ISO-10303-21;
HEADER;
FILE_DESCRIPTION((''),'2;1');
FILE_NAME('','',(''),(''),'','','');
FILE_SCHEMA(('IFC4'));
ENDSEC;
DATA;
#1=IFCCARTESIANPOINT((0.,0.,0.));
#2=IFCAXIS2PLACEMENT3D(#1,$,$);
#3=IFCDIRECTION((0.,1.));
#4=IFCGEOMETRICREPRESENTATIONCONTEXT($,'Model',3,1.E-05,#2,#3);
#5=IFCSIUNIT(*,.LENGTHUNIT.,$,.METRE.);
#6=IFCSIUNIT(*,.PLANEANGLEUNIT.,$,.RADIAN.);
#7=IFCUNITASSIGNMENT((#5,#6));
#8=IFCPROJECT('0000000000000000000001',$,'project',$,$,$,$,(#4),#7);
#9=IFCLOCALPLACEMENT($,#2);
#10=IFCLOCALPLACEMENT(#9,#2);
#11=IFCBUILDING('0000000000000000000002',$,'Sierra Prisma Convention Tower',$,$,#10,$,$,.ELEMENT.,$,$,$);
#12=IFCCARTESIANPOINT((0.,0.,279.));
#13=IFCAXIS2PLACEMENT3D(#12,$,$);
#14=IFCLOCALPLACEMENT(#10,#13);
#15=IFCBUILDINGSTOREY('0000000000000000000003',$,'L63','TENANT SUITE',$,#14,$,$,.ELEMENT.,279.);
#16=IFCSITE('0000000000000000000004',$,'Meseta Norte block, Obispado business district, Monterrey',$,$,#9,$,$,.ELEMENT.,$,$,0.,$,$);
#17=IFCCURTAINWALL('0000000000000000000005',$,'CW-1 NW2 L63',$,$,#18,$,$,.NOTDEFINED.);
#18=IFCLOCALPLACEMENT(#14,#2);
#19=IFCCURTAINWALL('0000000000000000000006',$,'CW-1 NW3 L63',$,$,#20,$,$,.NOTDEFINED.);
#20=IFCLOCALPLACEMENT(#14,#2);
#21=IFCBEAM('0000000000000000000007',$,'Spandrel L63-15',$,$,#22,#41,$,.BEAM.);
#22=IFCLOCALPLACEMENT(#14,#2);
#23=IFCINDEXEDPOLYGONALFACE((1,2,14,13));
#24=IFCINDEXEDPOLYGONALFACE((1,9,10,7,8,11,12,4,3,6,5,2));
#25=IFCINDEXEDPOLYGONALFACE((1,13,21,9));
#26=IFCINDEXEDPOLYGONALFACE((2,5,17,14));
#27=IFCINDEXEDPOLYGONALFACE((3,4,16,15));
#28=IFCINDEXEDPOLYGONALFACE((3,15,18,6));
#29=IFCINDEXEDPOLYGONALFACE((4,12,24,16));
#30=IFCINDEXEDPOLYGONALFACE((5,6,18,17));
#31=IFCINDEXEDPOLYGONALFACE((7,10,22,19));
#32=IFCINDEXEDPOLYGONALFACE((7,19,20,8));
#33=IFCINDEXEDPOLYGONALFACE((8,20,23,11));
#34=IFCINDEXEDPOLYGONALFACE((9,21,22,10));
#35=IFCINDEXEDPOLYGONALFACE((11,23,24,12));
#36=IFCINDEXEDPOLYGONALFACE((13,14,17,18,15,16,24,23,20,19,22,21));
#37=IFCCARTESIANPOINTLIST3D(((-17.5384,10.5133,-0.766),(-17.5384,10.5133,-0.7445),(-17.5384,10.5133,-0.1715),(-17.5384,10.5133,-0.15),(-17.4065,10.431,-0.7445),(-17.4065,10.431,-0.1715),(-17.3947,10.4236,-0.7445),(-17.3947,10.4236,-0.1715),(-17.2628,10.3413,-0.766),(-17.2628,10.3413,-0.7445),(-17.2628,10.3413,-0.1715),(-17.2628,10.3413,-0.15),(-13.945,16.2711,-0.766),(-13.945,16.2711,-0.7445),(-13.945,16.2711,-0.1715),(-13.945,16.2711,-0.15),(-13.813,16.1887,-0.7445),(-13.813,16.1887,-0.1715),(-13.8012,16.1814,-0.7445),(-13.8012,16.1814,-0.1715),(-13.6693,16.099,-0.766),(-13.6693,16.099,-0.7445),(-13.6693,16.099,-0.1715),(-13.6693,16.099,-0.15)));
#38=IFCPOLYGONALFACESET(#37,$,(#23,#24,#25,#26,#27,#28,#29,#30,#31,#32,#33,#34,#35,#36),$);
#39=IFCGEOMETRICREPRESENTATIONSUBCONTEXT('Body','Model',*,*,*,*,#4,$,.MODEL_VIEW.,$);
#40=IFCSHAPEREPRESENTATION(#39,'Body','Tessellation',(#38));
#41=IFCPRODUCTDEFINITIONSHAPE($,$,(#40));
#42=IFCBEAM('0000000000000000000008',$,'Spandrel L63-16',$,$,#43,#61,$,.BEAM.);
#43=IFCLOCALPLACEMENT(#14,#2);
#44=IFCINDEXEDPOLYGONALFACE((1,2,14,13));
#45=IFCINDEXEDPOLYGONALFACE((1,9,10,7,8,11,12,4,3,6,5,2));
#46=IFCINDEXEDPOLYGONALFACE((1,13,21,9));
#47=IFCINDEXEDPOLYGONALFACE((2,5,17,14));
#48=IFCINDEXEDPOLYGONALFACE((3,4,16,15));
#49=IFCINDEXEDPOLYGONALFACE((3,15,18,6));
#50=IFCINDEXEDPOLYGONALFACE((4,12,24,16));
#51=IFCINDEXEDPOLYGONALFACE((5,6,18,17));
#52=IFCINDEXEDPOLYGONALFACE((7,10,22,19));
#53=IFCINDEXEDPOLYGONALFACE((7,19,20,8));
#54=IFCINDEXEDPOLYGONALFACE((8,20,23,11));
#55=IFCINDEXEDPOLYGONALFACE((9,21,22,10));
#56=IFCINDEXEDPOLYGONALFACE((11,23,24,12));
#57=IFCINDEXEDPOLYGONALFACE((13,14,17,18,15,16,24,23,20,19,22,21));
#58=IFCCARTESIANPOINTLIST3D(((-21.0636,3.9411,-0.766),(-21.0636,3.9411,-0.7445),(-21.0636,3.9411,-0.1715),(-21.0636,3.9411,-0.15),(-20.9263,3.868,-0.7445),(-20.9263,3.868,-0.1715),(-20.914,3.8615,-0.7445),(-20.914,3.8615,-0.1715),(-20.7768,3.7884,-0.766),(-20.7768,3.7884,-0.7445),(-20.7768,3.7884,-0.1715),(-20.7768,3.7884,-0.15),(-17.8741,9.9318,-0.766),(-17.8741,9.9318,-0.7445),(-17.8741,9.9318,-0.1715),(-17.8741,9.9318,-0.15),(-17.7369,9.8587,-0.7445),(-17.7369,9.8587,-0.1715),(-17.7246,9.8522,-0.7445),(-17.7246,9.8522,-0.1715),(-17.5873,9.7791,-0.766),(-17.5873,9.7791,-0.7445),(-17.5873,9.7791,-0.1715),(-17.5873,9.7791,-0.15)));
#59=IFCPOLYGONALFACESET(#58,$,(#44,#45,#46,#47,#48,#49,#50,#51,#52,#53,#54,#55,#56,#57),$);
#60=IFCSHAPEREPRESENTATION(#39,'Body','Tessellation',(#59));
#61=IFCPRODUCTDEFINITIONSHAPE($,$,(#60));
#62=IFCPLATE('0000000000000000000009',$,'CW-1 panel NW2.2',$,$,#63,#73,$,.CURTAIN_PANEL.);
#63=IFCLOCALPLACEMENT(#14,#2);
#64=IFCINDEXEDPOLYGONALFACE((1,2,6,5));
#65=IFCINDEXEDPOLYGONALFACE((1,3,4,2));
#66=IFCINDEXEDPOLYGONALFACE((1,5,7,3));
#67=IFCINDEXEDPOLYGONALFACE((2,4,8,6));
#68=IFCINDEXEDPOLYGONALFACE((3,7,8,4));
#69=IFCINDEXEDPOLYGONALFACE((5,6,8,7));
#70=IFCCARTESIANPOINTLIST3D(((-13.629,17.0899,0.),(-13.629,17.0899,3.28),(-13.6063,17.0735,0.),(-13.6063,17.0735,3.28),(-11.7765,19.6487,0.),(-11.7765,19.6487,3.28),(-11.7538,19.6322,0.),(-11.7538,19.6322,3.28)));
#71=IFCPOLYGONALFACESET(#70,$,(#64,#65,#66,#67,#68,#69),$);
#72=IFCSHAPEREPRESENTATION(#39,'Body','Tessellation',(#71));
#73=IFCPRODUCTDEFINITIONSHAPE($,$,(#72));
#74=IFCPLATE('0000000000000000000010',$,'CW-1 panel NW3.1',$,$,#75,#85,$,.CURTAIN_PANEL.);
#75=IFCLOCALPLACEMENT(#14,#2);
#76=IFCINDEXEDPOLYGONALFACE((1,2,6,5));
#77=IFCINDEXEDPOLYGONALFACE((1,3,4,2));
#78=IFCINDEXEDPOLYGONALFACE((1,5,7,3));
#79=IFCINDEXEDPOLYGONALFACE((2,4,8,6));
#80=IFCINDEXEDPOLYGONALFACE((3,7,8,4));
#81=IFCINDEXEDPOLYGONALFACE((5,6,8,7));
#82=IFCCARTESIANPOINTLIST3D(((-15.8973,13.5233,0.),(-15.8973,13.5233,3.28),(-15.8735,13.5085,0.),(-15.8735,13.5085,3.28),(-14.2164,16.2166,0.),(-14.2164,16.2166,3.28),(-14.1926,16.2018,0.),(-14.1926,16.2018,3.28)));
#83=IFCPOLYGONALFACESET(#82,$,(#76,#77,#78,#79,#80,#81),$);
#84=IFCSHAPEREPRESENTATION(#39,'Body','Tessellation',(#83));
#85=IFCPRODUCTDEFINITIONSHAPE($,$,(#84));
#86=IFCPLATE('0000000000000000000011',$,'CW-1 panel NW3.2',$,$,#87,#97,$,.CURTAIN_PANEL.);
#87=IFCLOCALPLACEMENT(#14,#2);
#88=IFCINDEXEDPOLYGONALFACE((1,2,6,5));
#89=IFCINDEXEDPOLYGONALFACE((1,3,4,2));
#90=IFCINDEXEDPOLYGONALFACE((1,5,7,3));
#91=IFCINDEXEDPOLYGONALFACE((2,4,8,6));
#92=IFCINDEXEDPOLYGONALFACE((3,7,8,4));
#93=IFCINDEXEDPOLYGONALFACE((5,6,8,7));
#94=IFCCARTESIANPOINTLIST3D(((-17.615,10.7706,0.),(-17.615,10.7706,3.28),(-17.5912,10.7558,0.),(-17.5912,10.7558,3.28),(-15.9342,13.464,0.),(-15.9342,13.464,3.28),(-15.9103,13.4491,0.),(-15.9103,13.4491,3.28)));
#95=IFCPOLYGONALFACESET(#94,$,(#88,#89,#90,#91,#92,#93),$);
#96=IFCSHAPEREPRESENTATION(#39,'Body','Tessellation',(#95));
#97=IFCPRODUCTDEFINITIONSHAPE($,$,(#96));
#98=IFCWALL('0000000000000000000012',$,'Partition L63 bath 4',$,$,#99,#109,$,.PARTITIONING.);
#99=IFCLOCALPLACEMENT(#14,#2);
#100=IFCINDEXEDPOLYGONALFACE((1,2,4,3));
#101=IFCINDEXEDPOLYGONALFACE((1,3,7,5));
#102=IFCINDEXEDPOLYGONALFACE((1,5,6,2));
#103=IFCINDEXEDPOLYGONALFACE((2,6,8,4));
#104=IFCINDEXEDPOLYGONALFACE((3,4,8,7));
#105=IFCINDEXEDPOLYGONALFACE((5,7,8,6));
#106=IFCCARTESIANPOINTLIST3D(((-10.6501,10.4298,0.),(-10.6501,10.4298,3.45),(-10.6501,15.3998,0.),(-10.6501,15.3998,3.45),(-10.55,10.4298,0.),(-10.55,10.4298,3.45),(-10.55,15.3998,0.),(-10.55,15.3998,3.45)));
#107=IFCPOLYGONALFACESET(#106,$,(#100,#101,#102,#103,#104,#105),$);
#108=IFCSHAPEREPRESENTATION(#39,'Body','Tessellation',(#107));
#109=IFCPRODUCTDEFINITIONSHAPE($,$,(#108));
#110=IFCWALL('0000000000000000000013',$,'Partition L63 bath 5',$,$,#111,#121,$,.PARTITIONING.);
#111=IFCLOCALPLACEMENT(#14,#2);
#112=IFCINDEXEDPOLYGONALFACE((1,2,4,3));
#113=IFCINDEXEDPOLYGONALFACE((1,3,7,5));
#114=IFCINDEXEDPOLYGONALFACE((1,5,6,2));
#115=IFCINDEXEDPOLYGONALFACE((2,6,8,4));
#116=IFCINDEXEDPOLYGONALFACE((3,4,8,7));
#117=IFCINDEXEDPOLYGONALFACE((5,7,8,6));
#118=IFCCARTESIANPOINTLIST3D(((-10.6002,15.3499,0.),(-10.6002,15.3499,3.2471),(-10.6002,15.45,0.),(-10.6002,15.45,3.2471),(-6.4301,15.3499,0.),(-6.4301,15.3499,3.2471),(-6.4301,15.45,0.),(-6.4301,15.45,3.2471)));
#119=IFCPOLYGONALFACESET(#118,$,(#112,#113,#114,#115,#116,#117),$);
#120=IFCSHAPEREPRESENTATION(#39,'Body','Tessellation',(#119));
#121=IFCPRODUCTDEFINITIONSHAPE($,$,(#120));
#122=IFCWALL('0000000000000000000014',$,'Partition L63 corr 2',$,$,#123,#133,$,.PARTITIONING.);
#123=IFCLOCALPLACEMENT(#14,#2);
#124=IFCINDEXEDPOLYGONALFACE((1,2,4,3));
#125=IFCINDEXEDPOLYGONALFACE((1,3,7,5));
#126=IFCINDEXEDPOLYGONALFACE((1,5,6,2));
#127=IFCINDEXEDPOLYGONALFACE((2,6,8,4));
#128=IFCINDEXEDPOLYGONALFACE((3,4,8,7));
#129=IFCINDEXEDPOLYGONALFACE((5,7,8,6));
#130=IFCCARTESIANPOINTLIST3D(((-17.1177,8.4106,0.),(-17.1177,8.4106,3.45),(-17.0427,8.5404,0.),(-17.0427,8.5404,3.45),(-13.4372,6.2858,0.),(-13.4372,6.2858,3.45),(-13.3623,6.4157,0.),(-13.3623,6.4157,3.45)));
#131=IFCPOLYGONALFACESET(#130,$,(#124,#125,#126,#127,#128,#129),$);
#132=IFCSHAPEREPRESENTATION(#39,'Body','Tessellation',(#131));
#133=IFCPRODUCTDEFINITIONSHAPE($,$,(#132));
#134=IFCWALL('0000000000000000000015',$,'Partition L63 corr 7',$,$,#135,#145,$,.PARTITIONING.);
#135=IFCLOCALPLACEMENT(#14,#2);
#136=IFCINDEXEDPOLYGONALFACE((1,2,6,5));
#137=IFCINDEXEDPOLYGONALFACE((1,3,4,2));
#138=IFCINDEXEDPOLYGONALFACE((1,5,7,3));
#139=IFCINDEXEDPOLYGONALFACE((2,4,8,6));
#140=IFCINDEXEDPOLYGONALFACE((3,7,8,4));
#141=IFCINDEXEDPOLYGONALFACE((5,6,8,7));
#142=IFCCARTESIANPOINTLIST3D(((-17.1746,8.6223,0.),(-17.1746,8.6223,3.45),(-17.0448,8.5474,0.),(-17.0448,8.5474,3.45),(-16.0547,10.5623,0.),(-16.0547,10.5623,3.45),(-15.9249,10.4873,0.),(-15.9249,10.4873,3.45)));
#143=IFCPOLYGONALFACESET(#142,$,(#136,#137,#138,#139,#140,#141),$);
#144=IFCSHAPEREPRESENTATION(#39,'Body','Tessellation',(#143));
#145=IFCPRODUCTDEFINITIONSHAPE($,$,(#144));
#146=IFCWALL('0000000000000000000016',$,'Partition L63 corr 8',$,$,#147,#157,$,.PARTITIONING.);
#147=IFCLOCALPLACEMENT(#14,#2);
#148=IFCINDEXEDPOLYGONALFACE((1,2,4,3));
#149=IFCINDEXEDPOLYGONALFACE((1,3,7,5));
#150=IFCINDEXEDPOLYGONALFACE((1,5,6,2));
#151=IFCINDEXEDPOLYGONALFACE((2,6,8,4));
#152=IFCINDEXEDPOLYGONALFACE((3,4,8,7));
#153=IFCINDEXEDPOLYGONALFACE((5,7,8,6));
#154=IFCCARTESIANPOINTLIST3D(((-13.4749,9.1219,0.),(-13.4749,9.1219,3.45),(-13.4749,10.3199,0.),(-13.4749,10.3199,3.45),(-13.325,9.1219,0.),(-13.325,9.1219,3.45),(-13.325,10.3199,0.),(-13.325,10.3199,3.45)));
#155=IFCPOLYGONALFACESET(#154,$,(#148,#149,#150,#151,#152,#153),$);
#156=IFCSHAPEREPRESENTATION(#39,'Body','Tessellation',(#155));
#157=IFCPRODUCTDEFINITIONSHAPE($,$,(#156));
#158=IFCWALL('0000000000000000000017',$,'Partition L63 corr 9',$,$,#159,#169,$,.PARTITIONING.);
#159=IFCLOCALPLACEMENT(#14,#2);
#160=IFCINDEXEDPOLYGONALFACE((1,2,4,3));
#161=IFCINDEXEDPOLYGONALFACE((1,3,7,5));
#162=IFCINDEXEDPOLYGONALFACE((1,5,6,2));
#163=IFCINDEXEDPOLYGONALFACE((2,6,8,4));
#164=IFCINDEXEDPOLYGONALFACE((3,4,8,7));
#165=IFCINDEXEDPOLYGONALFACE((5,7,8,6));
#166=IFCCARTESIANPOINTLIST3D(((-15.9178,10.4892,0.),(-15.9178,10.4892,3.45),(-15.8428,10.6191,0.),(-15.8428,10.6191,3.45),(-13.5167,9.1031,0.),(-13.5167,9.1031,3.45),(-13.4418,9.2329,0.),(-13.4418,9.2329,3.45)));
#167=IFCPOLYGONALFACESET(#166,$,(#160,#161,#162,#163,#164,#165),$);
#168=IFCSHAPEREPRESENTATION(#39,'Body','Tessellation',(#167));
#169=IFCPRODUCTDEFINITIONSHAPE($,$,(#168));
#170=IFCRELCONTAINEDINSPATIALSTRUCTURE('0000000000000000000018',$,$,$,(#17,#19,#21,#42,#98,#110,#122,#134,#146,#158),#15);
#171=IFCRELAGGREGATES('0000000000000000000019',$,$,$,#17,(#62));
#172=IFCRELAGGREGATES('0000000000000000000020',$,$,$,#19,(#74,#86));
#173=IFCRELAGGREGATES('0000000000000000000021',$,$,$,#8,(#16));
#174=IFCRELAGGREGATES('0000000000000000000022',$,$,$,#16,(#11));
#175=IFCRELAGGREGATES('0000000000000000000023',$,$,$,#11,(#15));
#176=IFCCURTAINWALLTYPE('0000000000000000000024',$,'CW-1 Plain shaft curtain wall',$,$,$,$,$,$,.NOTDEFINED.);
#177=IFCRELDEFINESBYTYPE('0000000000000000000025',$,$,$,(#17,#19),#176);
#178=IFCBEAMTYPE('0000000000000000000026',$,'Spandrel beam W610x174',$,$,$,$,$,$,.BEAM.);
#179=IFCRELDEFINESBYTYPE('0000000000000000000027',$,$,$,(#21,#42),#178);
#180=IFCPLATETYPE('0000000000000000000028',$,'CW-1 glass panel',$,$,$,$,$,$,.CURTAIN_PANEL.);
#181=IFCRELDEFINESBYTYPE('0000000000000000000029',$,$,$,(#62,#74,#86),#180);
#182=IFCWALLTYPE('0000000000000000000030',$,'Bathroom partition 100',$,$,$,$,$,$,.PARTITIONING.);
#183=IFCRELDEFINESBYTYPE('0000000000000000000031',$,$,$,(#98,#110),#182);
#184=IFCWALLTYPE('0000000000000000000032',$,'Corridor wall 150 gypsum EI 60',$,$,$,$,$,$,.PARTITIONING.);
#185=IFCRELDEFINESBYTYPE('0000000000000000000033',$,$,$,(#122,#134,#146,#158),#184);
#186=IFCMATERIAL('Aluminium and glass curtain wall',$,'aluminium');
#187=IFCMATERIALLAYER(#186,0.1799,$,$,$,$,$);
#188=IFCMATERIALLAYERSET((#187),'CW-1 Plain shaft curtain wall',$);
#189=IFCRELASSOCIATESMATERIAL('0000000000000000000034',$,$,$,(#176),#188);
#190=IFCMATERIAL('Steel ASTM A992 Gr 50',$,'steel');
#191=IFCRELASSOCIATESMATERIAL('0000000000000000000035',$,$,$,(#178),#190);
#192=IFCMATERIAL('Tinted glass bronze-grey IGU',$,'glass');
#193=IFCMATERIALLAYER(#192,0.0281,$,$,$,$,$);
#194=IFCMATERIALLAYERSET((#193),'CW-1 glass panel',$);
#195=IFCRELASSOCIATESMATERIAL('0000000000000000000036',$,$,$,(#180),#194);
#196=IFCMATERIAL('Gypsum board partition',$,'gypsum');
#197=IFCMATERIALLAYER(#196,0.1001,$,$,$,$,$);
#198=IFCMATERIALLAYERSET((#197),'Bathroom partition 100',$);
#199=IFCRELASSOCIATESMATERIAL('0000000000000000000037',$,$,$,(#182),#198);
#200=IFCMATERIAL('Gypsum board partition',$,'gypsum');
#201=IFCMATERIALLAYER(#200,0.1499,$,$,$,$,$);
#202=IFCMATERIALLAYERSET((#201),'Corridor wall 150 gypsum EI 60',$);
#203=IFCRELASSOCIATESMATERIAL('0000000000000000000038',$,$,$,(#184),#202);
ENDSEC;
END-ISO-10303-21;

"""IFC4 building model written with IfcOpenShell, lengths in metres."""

from ifc_helpers import new_model, si_unit, direction, frame, frame_2d, origin, origin_2d, place, context, subcontext, project, spatial, rectangle, i_section, extrude, material, layer, layer_set, material_profile, profile_set, type_object, element, aggregate, save


model = new_model("IFC4")

# Units and contexts
model_context = context("Model", 3, precision=1e-05, world=origin(), true_north=direction((0.0, 1.0)))
body_context = subcontext(model_context, "Body", "Model", "MODEL_VIEW")
ifc_project = project(units=[si_unit("LENGTHUNIT", "METRE"), si_unit("PLANEANGLEUNIT", "RADIAN")], contexts=[model_context])

# Site, building, storey
site_placement = place(None, origin())
site = spatial("IfcSite", under=ifc_project, at=site_placement, Name="Meseta Norte block, Obispado business district, Monterrey", CompositionType="ELEMENT", RefElevation=0.0)
building_placement = place(site_placement, origin())
building = spatial("IfcBuilding", under=site, at=building_placement, Name="Sierra Prisma Convention Tower", CompositionType="ELEMENT")
storey_placement = place(building_placement, frame((0.0, 0.0, 279.0)))
storey = spatial("IfcBuildingStorey", under=building, at=storey_placement, Name="L63", Description="TENANT SUITE", CompositionType="ELEMENT", Elevation=279.0)

# Curtain wall
ifc_material_1 = material(Name="Aluminium and glass curtain wall", Category="aluminium")
ifc_layer_1 = layer(ifc_material_1, 0.1799)
ifc_layer_set_1 = layer_set([ifc_layer_1], Name="CW-1 Plain shaft curtain wall")
curtain_wall_type = type_object("IfcCurtainWallType", Name="CW-1 Plain shaft curtain wall", PredefinedType="NOTDEFINED", material=ifc_layer_set_1)
curtain_wall_1_placement = place(storey_placement, origin())
curtain_wall_1 = element("IfcCurtainWall", 1, at=curtain_wall_1_placement, inside=storey, type_object=curtain_wall_type, Name="CW-1 NW2 L63", PredefinedType="NOTDEFINED")

# Curtain wall
curtain_wall_2_placement = place(storey_placement, origin())
curtain_wall_2 = element("IfcCurtainWall", 2, at=curtain_wall_2_placement, inside=storey, type_object=curtain_wall_type, Name="CW-1 NW3 L63", PredefinedType="NOTDEFINED")

# Beams
ifc_material_2 = material(Name="Steel ASTM A992 Gr 50", Category="steel")
ifc_material_profile_1 = material_profile(ifc_material_2, i_section(OverallWidth=0.325, OverallDepth=0.616, WebThickness=0.0139, FlangeThickness=0.0215, at=origin_2d()), Name="W610x174")
ifc_profile_set_1 = profile_set([ifc_material_profile_1], Name="Steel ASTM A992 Gr 50")
beam_type_1 = type_object("IfcBeamType", Name="Spandrel beam W610x174", PredefinedType="BEAM", material=ifc_profile_set_1)
beam_1_placement = place(storey_placement, frame((-13.8071, 16.1851, -0.458), z_axis=(-0.529456, -0.848338, 0.0), x_axis=(0.848338, -0.529456, 0.0)))
element("IfcBeam", 3, at=beam_1_placement, inside=storey, type_object=beam_type_1, Name="Spandrel L63-15", PredefinedType="BEAM", context=body_context, shape_type="SweptSolid", body=[
    extrude(i_section(OverallWidth=0.325, OverallDepth=0.616, WebThickness=0.0139, FlangeThickness=0.0215, at=origin_2d()), origin(), (0.0, 0.0, 1.0), 6.7871),
])
beam_2_placement = place(storey_placement, frame((-17.7307, 9.8555, -0.458), z_axis=(-0.469946, -0.882695, 0.0), x_axis=(0.882695, -0.469946, 0.0)))
element("IfcBeam", 4, at=beam_2_placement, inside=storey, type_object=beam_type_1, Name="Spandrel L63-16", PredefinedType="BEAM", context=body_context, shape_type="SweptSolid", body=[
    extrude(i_section(OverallWidth=0.325, OverallDepth=0.616, WebThickness=0.0139, FlangeThickness=0.0215, at=origin_2d()), origin(), (0.0, 0.0, 1.0), 6.7869),
])

# Plates
ifc_material_3 = material(Name="Tinted glass bronze-grey IGU", Category="glass")
ifc_layer_2 = layer(ifc_material_3, 0.0281)
ifc_layer_set_2 = layer_set([ifc_layer_2], Name="CW-1 glass panel")
plate_type = type_object("IfcPlateType", Name="CW-1 glass panel", PredefinedType="CURTAIN_PANEL", material=ifc_layer_set_2)
plate_1_placement = place(storey_placement, frame((-12.6914, 18.3611, 0.0), z_axis=(0.0, 0.0, 1.0), x_axis=(-0.586431, -0.809999, 0.0)))
plate_1 = element("IfcPlate", 5, at=plate_1_placement, type_object=plate_type, Name="CW-1 panel NW2.2", PredefinedType="CURTAIN_PANEL", context=body_context, shape_type="SweptSolid", body=[
    extrude(rectangle(XDim=3.1589, YDim=0.0281, at=origin_2d()), origin(), (0.0, 0.0, 1.0), 3.28),
])
aggregate(curtain_wall_1, [plate_1])
plate_2_placement = place(storey_placement, frame((-15.0449, 14.8625, 0.0), z_axis=(0.0, 0.0, 1.0), x_axis=(-0.529446, -0.848343, 0.0)))
plate_2 = element("IfcPlate", 6, at=plate_2_placement, type_object=plate_type, Name="CW-1 panel NW3.1", PredefinedType="CURTAIN_PANEL", context=body_context, shape_type="SweptSolid", body=[
    extrude(rectangle(XDim=3.1748, YDim=0.0281, at=origin_2d()), origin(), (0.0, 0.0, 1.0), 3.28),
])
plate_3_placement = place(storey_placement, frame((-16.7627, 12.1099, 0.0), z_axis=(0.0, 0.0, 1.0), x_axis=(-0.529446, -0.848343, 0.0)))
plate_3 = element("IfcPlate", 7, at=plate_3_placement, type_object=plate_type, Name="CW-1 panel NW3.2", PredefinedType="CURTAIN_PANEL", context=body_context, shape_type="SweptSolid", body=[
    extrude(rectangle(XDim=3.1748, YDim=0.0281, at=origin_2d()), origin(), (0.0, 0.0, 1.0), 3.28),
])
aggregate(curtain_wall_2, [plate_2, plate_3])

# Walls
ifc_material_4 = material(Name="Gypsum board partition", Category="gypsum")
ifc_layer_3 = layer(ifc_material_4, 0.1001)
ifc_layer_set_3 = layer_set([ifc_layer_3], Name="Bathroom partition 100")
wall_type_1 = type_object("IfcWallType", Name="Bathroom partition 100", PredefinedType="PARTITIONING", material=ifc_layer_set_3)
wall_1_placement = place(storey_placement, frame((-10.6001, 10.4299, 0.0), z_axis=(0.0, 0.0, 1.0), x_axis=(0.0, 1.0, 0.0)))
element("IfcWall", 8, at=wall_1_placement, inside=storey, type_object=wall_type_1, Name="Partition L63 bath 4", PredefinedType="PARTITIONING", context=body_context, shape_type="SweptSolid", body=[
    extrude(rectangle(XDim=4.97, YDim=0.1001, at=frame_2d((2.4849, 0.0))), origin(), (0.0, 0.0, 1.0), 3.45),
])
wall_2_placement = place(storey_placement, frame((-10.6001, 15.3999, 0.0), z_axis=(0.0, 0.0, 1.0), x_axis=(1.0, 0.0, 0.0)))
element("IfcWall", 9, at=wall_2_placement, inside=storey, type_object=wall_type_1, Name="Partition L63 bath 5", PredefinedType="PARTITIONING", context=body_context, shape_type="SweptSolid", body=[
    extrude(rectangle(XDim=4.1702, YDim=0.1001, at=frame_2d((2.085, 0.0))), origin(), (0.0, 0.0, 1.0), 3.2471),
])
ifc_material_5 = material(Name="Gypsum board partition", Category="gypsum")
ifc_layer_4 = layer(ifc_material_5, 0.1499)
ifc_layer_set_4 = layer_set([ifc_layer_4], Name="Corridor wall 150 gypsum EI 60")
wall_type_2 = type_object("IfcWallType", Name="Corridor wall 150 gypsum EI 60", PredefinedType="PARTITIONING", material=ifc_layer_set_4)
wall_3_placement = place(storey_placement, frame((-17.0803, 8.4756, 0.0), z_axis=(0.0, 0.0, 1.0), x_axis=(0.866039, -0.499976, 0.0)))
element("IfcWall", 10, at=wall_3_placement, inside=storey, type_object=wall_type_2, Name="Partition L63 corr 2", PredefinedType="PARTITIONING", context=body_context, shape_type="SweptSolid", body=[
    extrude(rectangle(XDim=4.2498, YDim=0.1499, at=frame_2d((2.125, 0.0))), origin(), (0.0, 0.0, 1.0), 3.45),
])
wall_4_placement = place(storey_placement, frame((-15.9897, 10.5249, 0.0), z_axis=(0.0, 0.0, 1.0), x_axis=(-0.499949, -0.866055, 0.0)))
element("IfcWall", 11, at=wall_4_placement, inside=storey, type_object=wall_type_2, Name="Partition L63 corr 7", PredefinedType="PARTITIONING", context=body_context, shape_type="SweptSolid", body=[
    extrude(rectangle(XDim=2.24, YDim=0.1499, at=frame_2d((1.1201, 0.0))), origin(), (0.0, 0.0, 1.0), 3.45),
])
wall_5_placement = place(storey_placement, frame((-13.3999, 10.3201, 0.0), z_axis=(0.0, 0.0, 1.0), x_axis=(0.0, -1.0, 0.0)))
element("IfcWall", 12, at=wall_5_placement, inside=storey, type_object=wall_type_2, Name="Partition L63 corr 8", PredefinedType="PARTITIONING", context=body_context, shape_type="SweptSolid", body=[
    extrude(rectangle(XDim=1.198, YDim=0.1499, at=frame_2d((0.5991, 0.0))), origin(), (0.0, 0.0, 1.0), 3.45),
])
wall_6_placement = place(storey_placement, frame((-13.4792, 9.168, 0.0), z_axis=(0.0, 0.0, 1.0), x_axis=(-0.866035, 0.499984, 0.0)))
element("IfcWall", 13, at=wall_6_placement, inside=storey, type_object=wall_type_2, Name="Partition L63 corr 9", PredefinedType="PARTITIONING", context=body_context, shape_type="SweptSolid", body=[
    extrude(rectangle(XDim=2.7725, YDim=0.1499, at=frame_2d((1.3862, 0.0))), origin(), (0.0, 0.0, 1.0), 3.45),
])

save(model, "model.ifc")
